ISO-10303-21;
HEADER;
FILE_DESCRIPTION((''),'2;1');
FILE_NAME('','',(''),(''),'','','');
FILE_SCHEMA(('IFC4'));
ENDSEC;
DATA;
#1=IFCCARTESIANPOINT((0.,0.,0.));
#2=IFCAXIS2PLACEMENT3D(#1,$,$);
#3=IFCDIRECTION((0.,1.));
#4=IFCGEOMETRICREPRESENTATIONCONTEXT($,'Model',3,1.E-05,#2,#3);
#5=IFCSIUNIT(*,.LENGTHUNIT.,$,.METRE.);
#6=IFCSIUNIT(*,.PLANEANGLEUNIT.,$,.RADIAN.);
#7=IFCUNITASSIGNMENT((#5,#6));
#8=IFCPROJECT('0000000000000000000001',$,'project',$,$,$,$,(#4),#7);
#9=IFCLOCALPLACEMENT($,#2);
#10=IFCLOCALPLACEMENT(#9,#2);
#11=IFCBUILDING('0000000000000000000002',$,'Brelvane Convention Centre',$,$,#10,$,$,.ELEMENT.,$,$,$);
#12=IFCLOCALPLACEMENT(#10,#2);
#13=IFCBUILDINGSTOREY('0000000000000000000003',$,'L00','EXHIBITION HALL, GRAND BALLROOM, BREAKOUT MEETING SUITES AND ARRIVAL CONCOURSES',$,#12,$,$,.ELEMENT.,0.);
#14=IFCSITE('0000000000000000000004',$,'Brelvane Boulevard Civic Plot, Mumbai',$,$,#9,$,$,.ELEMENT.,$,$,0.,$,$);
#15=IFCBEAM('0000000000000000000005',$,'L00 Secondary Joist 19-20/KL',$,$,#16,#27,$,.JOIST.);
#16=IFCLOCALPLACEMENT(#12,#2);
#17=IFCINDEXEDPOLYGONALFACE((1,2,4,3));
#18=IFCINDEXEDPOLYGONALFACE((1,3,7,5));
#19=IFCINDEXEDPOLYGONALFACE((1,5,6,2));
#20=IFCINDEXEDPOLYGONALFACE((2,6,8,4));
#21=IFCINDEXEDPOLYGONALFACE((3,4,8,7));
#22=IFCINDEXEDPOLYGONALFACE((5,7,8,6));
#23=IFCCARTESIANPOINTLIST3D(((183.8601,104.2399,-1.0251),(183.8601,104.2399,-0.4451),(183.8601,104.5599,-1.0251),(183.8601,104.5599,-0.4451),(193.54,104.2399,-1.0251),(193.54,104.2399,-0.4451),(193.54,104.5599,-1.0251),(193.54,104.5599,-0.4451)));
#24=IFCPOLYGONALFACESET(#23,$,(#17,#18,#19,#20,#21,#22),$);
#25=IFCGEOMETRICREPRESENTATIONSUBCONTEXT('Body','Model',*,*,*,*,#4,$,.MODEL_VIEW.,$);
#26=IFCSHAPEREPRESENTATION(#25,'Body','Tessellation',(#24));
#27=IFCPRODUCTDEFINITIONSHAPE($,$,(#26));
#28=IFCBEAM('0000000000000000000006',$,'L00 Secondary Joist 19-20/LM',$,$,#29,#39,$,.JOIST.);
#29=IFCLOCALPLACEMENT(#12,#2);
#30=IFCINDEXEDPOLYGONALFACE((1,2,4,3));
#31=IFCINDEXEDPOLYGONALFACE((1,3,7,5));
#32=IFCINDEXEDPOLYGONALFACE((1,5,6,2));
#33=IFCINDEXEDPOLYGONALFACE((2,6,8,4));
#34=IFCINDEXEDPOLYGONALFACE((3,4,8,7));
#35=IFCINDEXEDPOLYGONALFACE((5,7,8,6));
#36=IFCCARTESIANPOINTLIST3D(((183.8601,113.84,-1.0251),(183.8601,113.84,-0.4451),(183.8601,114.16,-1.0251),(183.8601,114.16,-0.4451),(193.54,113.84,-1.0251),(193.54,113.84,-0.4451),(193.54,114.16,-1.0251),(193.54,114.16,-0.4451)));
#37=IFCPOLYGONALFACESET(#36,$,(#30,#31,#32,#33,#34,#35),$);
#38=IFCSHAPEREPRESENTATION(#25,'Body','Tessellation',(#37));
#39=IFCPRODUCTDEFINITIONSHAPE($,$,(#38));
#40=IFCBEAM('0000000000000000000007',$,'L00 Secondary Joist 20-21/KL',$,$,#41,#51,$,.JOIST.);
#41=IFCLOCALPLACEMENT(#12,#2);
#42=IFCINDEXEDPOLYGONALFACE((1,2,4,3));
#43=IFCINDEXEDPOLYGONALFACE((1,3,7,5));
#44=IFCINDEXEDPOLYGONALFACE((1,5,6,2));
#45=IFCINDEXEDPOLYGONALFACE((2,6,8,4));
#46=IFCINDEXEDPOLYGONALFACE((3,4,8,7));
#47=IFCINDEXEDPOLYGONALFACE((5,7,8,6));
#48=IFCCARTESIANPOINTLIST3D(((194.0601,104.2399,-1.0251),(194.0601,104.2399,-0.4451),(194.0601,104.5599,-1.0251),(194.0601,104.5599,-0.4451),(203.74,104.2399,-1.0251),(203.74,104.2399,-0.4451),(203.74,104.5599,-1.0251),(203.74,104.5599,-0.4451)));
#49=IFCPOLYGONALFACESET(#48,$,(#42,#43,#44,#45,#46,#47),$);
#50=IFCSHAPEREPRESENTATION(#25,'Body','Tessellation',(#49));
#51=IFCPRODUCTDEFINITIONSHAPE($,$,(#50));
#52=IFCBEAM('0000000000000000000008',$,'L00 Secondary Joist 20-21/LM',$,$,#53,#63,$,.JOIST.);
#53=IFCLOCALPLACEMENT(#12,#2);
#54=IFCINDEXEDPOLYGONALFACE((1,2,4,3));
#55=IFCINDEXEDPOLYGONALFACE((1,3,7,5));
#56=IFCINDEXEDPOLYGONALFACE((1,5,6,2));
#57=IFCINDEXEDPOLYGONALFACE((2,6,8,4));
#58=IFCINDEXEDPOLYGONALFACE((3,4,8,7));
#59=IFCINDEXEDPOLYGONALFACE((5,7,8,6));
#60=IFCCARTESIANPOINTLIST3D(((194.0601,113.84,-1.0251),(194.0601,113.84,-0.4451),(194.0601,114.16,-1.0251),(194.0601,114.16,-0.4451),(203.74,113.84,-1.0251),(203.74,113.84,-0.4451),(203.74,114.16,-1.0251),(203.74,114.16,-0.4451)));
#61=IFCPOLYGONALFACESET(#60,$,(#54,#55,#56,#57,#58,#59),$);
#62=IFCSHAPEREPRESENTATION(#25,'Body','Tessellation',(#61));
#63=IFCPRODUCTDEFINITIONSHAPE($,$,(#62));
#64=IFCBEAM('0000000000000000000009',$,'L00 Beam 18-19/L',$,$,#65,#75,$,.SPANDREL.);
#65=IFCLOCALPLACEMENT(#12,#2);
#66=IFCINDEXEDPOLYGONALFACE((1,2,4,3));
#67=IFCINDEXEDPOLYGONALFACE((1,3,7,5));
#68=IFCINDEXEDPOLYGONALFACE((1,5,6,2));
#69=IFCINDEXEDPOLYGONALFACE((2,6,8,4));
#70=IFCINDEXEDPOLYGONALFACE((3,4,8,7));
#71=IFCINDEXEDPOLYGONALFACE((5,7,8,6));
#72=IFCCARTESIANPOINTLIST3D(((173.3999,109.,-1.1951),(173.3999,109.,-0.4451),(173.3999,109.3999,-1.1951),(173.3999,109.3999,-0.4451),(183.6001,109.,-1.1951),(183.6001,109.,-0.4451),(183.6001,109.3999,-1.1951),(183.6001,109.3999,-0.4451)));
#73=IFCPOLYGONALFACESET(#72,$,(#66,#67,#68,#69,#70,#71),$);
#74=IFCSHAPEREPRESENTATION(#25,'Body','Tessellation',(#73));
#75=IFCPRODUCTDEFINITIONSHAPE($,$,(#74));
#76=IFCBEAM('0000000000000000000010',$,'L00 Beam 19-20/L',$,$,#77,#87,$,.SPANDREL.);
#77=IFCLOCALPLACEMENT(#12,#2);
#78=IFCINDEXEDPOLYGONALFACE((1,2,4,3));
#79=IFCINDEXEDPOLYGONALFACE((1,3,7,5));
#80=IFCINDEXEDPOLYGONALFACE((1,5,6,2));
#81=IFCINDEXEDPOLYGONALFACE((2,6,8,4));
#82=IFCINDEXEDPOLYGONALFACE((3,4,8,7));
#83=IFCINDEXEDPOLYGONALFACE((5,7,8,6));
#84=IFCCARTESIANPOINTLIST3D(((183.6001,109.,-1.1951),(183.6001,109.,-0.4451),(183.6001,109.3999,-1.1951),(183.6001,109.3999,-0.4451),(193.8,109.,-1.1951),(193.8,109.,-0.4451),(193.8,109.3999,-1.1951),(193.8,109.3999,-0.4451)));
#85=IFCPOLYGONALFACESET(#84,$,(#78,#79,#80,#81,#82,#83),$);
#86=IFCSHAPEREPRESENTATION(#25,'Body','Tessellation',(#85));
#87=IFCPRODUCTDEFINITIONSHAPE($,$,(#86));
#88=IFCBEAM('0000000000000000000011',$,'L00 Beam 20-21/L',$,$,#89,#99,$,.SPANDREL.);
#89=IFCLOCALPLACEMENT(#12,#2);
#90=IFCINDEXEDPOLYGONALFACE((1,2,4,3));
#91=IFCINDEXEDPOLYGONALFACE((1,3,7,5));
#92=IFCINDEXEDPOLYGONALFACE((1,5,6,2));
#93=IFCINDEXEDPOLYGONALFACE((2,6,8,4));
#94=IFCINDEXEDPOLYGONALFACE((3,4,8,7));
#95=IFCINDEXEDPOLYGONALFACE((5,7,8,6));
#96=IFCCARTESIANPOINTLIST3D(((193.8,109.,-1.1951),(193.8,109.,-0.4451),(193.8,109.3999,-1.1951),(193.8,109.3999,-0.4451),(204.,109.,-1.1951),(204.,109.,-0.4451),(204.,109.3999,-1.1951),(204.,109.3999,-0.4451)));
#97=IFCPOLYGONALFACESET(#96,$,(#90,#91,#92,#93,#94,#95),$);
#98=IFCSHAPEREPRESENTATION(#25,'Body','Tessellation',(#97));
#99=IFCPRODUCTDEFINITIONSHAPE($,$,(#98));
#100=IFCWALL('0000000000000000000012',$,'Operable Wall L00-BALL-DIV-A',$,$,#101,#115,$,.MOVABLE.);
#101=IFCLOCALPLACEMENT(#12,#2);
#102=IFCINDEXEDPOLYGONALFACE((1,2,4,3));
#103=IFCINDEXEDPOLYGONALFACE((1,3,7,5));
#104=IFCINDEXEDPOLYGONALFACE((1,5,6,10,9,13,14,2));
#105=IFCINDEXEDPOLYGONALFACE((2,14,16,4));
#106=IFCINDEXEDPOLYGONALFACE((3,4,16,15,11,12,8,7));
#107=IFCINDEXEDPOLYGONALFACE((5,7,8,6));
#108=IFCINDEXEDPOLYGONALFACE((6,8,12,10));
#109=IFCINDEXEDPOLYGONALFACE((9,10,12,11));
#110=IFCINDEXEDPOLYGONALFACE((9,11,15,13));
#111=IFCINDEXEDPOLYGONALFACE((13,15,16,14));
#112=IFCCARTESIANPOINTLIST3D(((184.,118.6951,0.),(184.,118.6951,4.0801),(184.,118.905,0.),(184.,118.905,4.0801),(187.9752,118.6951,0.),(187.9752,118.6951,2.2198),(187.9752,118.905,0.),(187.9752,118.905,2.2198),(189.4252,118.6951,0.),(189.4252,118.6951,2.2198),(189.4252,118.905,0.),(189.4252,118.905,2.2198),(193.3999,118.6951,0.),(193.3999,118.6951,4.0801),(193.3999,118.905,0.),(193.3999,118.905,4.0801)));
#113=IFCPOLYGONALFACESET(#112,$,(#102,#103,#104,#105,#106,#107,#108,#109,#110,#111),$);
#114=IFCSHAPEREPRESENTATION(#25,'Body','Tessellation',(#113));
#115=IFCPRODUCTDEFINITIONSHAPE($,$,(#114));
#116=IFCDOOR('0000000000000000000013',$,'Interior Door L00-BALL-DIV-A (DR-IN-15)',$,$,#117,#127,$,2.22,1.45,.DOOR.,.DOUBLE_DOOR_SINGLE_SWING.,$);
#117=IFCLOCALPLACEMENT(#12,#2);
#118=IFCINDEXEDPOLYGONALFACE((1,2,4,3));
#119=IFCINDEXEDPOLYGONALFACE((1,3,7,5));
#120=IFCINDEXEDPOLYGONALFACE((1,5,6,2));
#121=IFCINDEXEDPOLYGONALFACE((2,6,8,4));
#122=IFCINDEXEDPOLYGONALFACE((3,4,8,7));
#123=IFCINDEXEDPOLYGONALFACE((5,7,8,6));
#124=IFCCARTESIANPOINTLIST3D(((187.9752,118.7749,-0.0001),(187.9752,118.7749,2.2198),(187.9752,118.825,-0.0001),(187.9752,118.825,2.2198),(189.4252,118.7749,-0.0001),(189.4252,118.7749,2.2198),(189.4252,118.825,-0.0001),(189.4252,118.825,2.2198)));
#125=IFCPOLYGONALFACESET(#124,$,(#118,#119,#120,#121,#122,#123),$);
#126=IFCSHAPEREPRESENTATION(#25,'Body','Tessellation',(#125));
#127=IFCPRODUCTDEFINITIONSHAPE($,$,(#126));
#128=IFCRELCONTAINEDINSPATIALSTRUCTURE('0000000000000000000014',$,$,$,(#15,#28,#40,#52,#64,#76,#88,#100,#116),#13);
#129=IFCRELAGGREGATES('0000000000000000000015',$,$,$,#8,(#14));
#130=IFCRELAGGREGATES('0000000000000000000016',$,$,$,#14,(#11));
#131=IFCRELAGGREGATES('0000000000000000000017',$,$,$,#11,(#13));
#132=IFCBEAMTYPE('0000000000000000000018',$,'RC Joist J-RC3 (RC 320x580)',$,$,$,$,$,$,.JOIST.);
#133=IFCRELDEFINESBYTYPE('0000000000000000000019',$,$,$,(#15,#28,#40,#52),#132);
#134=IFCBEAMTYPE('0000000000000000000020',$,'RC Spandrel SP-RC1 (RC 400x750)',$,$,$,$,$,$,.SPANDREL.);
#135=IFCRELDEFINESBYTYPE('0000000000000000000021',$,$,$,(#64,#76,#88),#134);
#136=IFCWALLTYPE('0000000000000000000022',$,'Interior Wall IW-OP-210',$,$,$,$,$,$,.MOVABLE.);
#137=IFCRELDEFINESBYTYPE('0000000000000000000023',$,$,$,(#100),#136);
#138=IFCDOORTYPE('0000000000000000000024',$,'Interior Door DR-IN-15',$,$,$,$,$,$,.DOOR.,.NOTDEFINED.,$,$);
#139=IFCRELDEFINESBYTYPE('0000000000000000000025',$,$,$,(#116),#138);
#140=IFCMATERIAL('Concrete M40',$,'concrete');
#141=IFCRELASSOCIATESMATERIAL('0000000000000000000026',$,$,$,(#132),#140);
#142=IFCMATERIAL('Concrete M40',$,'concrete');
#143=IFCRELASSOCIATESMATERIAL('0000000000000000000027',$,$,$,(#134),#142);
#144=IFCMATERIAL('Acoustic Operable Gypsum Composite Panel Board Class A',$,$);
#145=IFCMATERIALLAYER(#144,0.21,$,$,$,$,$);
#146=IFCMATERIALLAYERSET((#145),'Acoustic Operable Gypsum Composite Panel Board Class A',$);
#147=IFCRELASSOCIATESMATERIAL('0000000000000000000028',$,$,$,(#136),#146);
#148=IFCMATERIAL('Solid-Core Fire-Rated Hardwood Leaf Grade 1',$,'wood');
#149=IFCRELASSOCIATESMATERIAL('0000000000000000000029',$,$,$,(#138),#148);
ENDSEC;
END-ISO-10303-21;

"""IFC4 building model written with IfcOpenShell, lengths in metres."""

from ifc_helpers import new_model, si_unit, direction, frame, frame_2d, origin, origin_2d, place, context, subcontext, project, spatial, rectangle, extrude, material, layer, layer_set, material_profile, profile_set, type_object, element, fill, save


model = new_model("IFC4")

# Units and contexts
model_context = context("Model", 3, precision=1e-05, world=origin(), true_north=direction((0.0, 1.0)))
body_context = subcontext(model_context, "Body", "Model", "MODEL_VIEW")
ifc_project = project(units=[si_unit("LENGTHUNIT", "METRE"), si_unit("PLANEANGLEUNIT", "RADIAN")], contexts=[model_context])

# Site, building, storey
site_placement = place(None, origin())
site = spatial("IfcSite", under=ifc_project, at=site_placement, Name="Brelvane Boulevard Civic Plot, Mumbai", CompositionType="ELEMENT", RefElevation=0.0)
building_placement = place(site_placement, origin())
building = spatial("IfcBuilding", under=site, at=building_placement, Name="Brelvane Convention Centre", CompositionType="ELEMENT")
storey_placement = place(building_placement, origin())
storey = spatial("IfcBuildingStorey", under=building, at=storey_placement, Name="L00", Description="EXHIBITION HALL, GRAND BALLROOM, BREAKOUT MEETING SUITES AND ARRIVAL CONCOURSES", CompositionType="ELEMENT", Elevation=0.0)

# Beams
ifc_material_1 = material(Name="Concrete M40", Category="concrete")
ifc_material_profile_1 = material_profile(ifc_material_1, rectangle(XDim=0.3201, YDim=0.5801, at=origin_2d()), Name="RC 320x580")
ifc_profile_set_1 = profile_set([ifc_material_profile_1], Name="Concrete M40")
beam_type_1 = type_object("IfcBeamType", Name="RC Joist J-RC3 (RC 320x580)", PredefinedType="JOIST", material=ifc_profile_set_1)
for number, where, z_axis, x_axis, name in (
    (1, (183.8601, 104.3999, -0.7351), (1.0, 0.0, 0.0), (0.0, 1.0, 0.0), "L00 Secondary Joist 19-20/KL"),
    (2, (183.8601, 114.0, -0.7351), (1.0, 0.0, 0.0), (0.0, 1.0, 0.0), "L00 Secondary Joist 19-20/LM"),
    (3, (194.0601, 104.3999, -0.7351), (1.0, 0.0, 0.0), (0.0, 1.0, 0.0), "L00 Secondary Joist 20-21/KL"),
    (4, (194.0601, 114.0, -0.7351), (1.0, 0.0, 0.0), (0.0, 1.0, 0.0), "L00 Secondary Joist 20-21/LM"),
):
    element("IfcBeam", number, at=place(storey_placement, frame(where, z_axis=z_axis, x_axis=x_axis)), inside=storey, type_object=beam_type_1, Name=name, PredefinedType="JOIST", context=body_context, shape_type="SweptSolid", body=[
        extrude(rectangle(XDim=0.3201, YDim=0.5801, at=origin_2d()), origin(), (0.0, 0.0, 1.0), 9.6799),
    ])
ifc_material_2 = material(Name="Concrete M40", Category="concrete")
ifc_material_profile_2 = material_profile(ifc_material_2, rectangle(XDim=0.3999, YDim=0.75, at=origin_2d()), Name="RC 400x750")
ifc_profile_set_2 = profile_set([ifc_material_profile_2], Name="Concrete M40")
beam_type_2 = type_object("IfcBeamType", Name="RC Spandrel SP-RC1 (RC 400x750)", PredefinedType="SPANDREL", material=ifc_profile_set_2)
beam_1_placement = place(storey_placement, frame((173.3999, 109.2, -0.8201), z_axis=(1.0, 0.0, 0.0), x_axis=(0.0, 1.0, 0.0)))
element("IfcBeam", 5, at=beam_1_placement, inside=storey, type_object=beam_type_2, Name="L00 Beam 18-19/L", PredefinedType="SPANDREL", context=body_context, shape_type="SweptSolid", body=[
    extrude(rectangle(XDim=0.3999, YDim=0.75, at=origin_2d()), origin(), (0.0, 0.0, 1.0), 10.2002),
])
for number, where, z_axis, x_axis, name in (
    (6, (183.6001, 109.2, -0.8201), (1.0, 0.0, 0.0), (0.0, 1.0, 0.0), "L00 Beam 19-20/L"),
    (7, (193.8, 109.2, -0.8201), (1.0, 0.0, 0.0), (0.0, 1.0, 0.0), "L00 Beam 20-21/L"),
):
    element("IfcBeam", number, at=place(storey_placement, frame(where, z_axis=z_axis, x_axis=x_axis)), inside=storey, type_object=beam_type_2, Name=name, PredefinedType="SPANDREL", context=body_context, shape_type="SweptSolid", body=[
        extrude(rectangle(XDim=0.3999, YDim=0.75, at=origin_2d()), origin(), (0.0, 0.0, 1.0), 10.2),
    ])

# Wall, opening, door
ifc_material_3 = material(Name="Acoustic Operable Gypsum Composite Panel Board Class A")
ifc_layer = layer(ifc_material_3, 0.21)
ifc_layer_set = layer_set([ifc_layer], Name="Acoustic Operable Gypsum Composite Panel Board Class A")
wall_type = type_object("IfcWallType", Name="Interior Wall IW-OP-210", PredefinedType="MOVABLE", material=ifc_layer_set)
wall_placement = place(storey_placement, frame((184.0, 118.8, 0.0), z_axis=(0.0, 0.0, 1.0), x_axis=(1.0, 0.0, 0.0)))
wall = element("IfcWall", 8, at=wall_placement, inside=storey, type_object=wall_type, Name="Operable Wall L00-BALL-DIV-A", PredefinedType="MOVABLE", context=body_context, shape_type="SweptSolid", body=[
    extrude(rectangle(XDim=9.3999, YDim=0.21, at=frame_2d((4.7, 0.0))), origin(), (0.0, 0.0, 1.0), 4.0801),
])
opening_placement = place(wall_placement, frame((3.9751, 0.0, 0.0)))
opening = element("IfcOpeningElement", 9, at=opening_placement, cuts=wall, PredefinedType="OPENING", context=body_context, shape_type="SweptSolid", body=[
    extrude(rectangle(XDim=1.45, YDim=2.22, at=frame_2d((0.7251, 1.1099))), frame((0.0, 0.115, 0.0), z_axis=(0.0, -1.0, 0.0), x_axis=(1.0, 0.0, 0.0)), (0.0, 0.0, 1.0), 0.23),
])
ifc_material_4 = material(Name="Solid-Core Fire-Rated Hardwood Leaf Grade 1", Category="wood")
door_type = type_object("IfcDoorType", Name="Interior Door DR-IN-15", OperationType="NOTDEFINED", PredefinedType="DOOR", material=ifc_material_4)
door_placement = place(opening_placement, origin())
door = element("IfcDoor", 10, at=door_placement, inside=storey, type_object=door_type, Name="Interior Door L00-BALL-DIV-A (DR-IN-15)", OperationType="DOUBLE_DOOR_SINGLE_SWING", OverallHeight=2.22, OverallWidth=1.45, PredefinedType="DOOR", context=body_context, shape_type="SweptSolid", body=[
    extrude(rectangle(XDim=1.45, YDim=2.22, at=frame_2d((0.7251, 1.1099))), frame((0.0, 0.0249, 0.0), z_axis=(0.0, -1.0, 0.0), x_axis=(1.0, 0.0, 0.0)), (0.0, 0.0, 1.0), 0.05),
])
fill(opening, door)

save(model, "model.ifc")
